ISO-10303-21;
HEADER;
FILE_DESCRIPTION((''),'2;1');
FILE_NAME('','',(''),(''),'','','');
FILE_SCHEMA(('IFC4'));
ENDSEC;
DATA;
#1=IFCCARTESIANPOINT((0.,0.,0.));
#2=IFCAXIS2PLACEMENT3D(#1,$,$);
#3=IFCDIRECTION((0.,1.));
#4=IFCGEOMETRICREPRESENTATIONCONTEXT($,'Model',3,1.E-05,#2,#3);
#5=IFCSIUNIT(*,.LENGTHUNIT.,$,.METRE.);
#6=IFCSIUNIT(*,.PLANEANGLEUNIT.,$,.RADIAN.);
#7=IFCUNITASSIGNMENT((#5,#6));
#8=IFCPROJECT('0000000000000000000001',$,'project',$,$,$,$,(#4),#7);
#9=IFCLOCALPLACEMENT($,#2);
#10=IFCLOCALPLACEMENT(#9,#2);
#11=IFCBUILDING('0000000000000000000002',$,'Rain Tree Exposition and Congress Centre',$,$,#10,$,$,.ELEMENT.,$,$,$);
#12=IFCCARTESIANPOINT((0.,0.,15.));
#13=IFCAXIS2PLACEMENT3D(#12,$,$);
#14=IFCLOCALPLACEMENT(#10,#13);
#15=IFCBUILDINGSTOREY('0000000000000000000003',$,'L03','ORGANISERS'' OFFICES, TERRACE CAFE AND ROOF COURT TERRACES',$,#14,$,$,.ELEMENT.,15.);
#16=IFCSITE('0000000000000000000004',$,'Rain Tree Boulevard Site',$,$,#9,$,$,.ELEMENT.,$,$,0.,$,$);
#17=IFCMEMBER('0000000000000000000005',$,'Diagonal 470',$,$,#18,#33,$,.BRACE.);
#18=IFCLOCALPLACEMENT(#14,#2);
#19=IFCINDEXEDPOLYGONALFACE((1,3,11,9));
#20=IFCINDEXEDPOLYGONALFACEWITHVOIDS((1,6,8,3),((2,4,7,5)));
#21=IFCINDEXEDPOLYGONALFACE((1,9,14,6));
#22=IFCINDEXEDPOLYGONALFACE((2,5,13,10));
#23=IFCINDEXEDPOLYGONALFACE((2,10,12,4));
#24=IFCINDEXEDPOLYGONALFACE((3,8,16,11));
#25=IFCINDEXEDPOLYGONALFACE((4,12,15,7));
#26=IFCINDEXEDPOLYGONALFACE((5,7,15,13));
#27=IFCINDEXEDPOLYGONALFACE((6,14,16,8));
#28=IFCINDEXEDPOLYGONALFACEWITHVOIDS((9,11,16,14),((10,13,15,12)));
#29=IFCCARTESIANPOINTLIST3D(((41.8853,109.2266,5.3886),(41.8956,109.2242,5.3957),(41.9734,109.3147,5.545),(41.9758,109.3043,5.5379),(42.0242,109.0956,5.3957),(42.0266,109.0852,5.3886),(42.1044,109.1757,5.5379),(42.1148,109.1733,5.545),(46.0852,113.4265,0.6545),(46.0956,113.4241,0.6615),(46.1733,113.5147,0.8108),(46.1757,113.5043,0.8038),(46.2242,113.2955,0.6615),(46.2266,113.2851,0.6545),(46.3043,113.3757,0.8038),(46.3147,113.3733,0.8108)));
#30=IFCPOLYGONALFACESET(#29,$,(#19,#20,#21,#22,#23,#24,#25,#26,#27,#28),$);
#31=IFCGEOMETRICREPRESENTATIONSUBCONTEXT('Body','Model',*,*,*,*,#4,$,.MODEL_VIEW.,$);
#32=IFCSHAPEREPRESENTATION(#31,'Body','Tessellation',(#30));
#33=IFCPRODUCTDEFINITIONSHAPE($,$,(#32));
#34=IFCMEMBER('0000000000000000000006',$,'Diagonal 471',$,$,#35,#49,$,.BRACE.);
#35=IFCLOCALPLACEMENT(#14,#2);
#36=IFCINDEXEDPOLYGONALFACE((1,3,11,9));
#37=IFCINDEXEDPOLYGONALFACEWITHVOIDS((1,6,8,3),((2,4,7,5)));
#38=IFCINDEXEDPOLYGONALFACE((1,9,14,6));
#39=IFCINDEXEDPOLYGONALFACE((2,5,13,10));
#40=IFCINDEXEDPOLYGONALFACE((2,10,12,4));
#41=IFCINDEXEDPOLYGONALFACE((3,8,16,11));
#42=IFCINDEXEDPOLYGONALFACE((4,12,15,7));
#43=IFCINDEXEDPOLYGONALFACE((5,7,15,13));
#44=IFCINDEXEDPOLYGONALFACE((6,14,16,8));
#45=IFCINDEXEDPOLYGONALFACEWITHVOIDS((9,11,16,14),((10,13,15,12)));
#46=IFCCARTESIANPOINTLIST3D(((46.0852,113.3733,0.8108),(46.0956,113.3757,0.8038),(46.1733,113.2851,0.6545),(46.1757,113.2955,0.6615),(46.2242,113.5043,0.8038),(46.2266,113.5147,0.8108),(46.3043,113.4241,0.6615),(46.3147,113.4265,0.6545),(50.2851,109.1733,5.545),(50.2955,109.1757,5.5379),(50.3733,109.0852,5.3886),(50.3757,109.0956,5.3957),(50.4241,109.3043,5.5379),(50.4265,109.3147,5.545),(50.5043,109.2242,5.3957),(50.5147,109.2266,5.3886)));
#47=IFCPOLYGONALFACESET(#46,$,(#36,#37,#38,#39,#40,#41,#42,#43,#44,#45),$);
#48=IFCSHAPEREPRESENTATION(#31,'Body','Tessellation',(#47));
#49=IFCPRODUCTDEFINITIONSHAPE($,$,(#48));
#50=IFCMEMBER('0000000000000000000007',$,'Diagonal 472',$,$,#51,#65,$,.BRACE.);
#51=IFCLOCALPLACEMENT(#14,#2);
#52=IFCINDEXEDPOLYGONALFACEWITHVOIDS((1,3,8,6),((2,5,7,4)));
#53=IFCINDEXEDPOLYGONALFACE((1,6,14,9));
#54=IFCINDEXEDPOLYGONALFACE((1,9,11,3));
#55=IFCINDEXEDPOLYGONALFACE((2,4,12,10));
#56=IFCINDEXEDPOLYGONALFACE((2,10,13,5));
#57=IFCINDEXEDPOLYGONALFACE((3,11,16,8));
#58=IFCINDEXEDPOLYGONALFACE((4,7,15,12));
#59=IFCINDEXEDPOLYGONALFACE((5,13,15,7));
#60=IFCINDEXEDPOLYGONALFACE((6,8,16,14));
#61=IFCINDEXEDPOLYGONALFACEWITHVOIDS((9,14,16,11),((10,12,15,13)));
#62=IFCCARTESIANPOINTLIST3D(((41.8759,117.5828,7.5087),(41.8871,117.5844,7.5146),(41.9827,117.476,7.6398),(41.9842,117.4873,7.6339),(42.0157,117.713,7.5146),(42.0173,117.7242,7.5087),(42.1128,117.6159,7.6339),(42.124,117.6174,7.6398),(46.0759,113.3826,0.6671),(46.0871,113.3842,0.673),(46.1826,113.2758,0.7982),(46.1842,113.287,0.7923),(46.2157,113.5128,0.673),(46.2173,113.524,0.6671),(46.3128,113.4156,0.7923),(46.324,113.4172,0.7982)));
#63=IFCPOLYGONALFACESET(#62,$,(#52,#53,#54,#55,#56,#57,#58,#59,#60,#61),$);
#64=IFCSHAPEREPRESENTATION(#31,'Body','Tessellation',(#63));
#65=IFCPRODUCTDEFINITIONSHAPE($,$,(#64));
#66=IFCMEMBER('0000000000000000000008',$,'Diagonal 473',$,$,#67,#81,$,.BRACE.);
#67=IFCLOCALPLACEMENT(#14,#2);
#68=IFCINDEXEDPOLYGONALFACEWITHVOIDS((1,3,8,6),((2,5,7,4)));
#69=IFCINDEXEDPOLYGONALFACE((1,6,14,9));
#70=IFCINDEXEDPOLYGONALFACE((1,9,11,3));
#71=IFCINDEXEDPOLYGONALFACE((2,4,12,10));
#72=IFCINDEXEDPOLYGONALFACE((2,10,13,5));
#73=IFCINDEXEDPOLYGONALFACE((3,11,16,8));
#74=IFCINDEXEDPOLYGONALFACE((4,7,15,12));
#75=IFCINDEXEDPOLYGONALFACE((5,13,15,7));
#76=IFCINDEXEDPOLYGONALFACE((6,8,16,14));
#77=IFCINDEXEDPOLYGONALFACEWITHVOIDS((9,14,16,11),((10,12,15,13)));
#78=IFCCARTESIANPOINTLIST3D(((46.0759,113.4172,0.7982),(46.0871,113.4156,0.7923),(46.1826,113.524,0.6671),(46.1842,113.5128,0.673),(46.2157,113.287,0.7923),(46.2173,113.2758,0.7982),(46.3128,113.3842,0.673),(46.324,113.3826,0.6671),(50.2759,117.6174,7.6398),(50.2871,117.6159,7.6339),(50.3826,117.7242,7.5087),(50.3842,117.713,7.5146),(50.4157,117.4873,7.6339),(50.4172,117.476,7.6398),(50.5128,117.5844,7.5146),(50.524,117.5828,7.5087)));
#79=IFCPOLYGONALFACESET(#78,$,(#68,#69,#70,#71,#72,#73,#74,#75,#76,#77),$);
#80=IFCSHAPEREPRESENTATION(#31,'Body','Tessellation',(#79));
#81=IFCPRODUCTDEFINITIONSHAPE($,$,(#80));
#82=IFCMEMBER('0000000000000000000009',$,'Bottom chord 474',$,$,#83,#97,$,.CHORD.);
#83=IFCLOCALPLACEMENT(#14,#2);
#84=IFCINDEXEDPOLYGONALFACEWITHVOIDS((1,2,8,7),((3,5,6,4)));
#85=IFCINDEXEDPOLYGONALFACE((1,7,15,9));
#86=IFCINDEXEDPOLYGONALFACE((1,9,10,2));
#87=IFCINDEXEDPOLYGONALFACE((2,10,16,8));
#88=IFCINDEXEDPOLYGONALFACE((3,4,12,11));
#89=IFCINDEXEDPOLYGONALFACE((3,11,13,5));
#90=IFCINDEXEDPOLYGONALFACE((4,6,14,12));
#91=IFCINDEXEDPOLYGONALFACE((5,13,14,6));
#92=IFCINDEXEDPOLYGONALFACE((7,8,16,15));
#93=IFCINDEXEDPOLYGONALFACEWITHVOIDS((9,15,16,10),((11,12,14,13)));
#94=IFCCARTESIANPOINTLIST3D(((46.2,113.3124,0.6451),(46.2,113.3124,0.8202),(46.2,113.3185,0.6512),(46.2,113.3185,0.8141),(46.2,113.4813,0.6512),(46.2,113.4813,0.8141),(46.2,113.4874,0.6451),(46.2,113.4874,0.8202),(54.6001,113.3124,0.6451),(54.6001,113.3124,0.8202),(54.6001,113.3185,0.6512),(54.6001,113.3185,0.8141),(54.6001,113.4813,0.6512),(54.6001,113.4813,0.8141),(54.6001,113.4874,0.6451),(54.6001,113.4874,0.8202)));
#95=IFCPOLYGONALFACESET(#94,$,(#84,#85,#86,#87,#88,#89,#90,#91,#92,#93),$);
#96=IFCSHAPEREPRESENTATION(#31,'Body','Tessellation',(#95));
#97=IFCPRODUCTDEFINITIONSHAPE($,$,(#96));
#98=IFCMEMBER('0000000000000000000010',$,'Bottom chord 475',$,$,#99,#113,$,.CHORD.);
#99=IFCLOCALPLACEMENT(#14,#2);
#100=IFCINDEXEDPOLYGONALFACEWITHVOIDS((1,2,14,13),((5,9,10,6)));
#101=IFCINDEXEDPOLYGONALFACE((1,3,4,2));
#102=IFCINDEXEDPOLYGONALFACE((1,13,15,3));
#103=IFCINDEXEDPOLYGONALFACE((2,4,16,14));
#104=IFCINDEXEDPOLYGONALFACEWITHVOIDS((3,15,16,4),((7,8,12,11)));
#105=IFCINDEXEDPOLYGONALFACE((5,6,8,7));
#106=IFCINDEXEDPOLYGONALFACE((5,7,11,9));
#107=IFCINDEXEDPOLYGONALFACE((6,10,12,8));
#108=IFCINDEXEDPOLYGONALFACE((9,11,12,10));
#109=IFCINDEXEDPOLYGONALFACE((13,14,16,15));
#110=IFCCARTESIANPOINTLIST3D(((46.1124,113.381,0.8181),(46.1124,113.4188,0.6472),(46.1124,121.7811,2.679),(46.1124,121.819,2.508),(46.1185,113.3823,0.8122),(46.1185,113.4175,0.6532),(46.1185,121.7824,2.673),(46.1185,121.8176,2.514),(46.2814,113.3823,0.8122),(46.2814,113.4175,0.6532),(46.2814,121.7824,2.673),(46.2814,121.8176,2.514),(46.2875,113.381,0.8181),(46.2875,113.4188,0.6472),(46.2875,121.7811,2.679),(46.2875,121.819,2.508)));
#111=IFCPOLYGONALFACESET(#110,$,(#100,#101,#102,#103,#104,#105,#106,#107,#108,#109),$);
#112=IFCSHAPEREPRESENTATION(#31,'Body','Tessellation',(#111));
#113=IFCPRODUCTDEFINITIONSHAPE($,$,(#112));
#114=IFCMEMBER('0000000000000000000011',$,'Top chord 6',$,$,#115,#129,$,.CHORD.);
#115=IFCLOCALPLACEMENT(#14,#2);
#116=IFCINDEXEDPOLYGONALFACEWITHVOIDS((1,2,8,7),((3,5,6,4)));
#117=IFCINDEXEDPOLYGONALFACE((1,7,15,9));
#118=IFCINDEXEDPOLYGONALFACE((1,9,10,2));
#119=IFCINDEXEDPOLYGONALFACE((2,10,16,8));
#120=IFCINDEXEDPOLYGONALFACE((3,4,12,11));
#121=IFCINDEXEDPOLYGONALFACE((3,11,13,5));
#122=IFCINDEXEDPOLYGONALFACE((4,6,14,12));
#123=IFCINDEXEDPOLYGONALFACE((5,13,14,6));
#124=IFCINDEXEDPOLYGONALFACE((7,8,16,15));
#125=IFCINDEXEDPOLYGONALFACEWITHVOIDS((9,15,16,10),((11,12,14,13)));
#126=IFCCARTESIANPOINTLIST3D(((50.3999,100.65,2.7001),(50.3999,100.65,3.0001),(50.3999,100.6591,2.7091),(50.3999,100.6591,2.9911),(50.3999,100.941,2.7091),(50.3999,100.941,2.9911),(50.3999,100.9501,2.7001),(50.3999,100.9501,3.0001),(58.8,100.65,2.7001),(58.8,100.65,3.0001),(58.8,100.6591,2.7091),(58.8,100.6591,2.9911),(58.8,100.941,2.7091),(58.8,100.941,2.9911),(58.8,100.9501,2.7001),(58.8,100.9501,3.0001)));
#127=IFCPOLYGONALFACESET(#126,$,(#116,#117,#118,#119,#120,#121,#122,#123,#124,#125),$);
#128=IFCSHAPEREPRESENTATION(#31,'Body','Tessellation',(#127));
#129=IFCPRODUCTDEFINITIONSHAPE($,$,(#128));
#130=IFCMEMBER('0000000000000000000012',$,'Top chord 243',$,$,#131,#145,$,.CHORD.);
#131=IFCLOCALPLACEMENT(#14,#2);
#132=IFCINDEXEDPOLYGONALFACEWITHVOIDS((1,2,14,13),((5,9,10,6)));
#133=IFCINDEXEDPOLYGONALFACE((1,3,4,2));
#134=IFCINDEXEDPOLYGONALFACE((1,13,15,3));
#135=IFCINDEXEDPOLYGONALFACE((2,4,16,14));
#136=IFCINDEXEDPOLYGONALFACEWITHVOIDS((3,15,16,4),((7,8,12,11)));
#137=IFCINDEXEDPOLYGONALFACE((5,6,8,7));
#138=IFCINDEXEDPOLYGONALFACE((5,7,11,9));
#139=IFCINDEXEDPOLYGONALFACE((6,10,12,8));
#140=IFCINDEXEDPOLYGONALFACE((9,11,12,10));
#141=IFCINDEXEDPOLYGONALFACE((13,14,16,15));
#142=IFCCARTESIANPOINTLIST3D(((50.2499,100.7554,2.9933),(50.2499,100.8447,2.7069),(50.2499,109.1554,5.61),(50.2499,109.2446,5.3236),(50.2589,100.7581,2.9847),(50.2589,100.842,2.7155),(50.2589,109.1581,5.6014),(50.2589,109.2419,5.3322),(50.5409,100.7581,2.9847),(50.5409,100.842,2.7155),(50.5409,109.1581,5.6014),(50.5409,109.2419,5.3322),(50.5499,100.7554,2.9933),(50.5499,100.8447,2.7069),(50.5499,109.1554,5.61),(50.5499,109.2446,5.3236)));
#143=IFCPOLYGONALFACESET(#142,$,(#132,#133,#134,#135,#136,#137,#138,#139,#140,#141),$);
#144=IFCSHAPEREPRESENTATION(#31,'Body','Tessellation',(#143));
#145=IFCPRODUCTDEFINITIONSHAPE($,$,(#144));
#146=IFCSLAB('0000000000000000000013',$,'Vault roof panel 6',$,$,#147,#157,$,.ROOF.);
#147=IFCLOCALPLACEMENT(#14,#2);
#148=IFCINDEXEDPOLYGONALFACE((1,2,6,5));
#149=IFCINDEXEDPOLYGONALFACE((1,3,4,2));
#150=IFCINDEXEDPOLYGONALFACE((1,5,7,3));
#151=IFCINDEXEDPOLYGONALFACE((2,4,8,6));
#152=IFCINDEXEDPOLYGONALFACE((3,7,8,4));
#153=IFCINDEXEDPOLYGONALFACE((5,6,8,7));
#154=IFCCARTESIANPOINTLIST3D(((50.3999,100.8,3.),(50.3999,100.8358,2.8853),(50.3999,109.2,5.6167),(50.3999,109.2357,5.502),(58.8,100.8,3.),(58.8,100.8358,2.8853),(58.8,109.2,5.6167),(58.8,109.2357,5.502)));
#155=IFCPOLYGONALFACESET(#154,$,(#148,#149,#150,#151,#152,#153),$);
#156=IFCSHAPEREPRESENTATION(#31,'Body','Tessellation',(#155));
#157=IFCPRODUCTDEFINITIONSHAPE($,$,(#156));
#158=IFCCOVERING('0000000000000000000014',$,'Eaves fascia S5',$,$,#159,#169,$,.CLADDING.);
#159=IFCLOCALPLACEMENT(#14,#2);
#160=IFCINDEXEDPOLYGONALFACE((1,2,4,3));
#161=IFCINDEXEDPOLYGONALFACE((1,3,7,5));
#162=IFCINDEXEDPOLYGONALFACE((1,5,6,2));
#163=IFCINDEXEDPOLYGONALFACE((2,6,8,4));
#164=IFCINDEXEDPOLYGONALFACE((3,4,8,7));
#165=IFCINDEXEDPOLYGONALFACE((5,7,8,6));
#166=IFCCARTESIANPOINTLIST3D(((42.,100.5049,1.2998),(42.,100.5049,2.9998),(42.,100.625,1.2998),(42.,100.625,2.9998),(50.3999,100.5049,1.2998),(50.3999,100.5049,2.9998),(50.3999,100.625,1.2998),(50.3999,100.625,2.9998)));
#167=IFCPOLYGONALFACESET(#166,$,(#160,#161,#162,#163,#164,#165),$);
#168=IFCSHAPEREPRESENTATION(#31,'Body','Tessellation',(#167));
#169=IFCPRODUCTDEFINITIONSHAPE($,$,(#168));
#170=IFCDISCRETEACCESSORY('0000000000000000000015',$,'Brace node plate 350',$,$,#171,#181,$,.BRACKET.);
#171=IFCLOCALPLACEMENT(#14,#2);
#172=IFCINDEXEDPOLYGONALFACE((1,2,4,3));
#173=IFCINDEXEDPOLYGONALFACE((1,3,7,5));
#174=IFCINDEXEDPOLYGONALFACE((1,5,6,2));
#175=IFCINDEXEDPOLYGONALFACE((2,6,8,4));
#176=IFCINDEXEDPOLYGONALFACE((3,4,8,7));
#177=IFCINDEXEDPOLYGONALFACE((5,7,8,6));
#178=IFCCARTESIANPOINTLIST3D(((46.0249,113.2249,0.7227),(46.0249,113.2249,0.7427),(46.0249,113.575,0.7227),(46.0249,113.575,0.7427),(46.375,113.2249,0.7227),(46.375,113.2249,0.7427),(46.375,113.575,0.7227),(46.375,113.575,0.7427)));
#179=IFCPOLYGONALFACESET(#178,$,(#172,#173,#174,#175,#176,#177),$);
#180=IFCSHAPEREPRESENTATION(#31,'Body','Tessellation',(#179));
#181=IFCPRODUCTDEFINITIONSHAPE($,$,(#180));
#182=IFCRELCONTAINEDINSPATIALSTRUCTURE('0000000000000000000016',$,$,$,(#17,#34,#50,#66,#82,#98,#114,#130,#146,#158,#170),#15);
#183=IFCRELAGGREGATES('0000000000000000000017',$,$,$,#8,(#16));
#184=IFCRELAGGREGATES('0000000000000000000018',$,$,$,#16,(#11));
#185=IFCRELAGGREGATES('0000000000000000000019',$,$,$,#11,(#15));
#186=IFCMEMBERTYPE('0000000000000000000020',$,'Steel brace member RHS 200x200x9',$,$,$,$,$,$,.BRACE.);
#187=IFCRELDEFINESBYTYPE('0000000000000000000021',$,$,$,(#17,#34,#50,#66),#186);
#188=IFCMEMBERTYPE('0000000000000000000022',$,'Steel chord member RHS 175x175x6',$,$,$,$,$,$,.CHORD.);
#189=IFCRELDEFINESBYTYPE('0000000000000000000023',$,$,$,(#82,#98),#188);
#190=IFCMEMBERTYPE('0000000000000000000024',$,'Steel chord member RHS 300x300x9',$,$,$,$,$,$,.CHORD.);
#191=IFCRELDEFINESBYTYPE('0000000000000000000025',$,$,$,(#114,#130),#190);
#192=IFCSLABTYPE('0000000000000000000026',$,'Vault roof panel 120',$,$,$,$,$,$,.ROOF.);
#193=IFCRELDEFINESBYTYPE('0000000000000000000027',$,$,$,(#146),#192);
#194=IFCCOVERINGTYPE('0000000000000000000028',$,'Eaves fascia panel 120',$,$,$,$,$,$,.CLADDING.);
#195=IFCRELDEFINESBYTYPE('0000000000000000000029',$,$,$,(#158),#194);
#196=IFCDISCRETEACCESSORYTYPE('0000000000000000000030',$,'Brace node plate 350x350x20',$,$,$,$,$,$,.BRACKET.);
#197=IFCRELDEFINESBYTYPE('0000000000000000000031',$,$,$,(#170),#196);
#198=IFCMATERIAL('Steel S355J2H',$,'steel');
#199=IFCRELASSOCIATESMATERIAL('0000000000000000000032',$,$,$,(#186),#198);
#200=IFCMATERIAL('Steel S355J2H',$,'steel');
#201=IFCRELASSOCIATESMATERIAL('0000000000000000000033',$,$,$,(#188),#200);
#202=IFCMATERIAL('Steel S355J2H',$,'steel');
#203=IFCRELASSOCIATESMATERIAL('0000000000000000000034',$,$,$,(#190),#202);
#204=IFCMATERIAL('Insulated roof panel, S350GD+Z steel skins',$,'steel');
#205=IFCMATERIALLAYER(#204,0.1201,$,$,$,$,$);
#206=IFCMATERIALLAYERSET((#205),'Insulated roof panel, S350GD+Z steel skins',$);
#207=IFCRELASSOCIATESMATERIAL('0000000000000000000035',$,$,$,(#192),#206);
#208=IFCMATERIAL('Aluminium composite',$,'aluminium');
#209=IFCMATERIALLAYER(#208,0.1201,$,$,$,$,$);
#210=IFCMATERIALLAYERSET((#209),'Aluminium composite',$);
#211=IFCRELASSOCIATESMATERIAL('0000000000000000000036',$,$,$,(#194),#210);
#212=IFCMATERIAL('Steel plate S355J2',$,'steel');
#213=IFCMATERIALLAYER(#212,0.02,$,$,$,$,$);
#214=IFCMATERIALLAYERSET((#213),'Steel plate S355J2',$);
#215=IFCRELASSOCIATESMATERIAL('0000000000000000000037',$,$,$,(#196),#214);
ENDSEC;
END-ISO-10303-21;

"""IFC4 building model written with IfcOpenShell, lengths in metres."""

from ifc_helpers import new_model, si_unit, direction, frame, origin, origin_2d, place, context, subcontext, project, spatial, polyline, rectangle, hollow_rectangle, outline, extrude, material, layer, layer_set, material_profile, profile_set, type_object, element, save


model = new_model("IFC4")

# Units and contexts
model_context = context("Model", 3, precision=1e-05, world=origin(), true_north=direction((0.0, 1.0)))
body_context = subcontext(model_context, "Body", "Model", "MODEL_VIEW")
ifc_project = project(units=[si_unit("LENGTHUNIT", "METRE"), si_unit("PLANEANGLEUNIT", "RADIAN")], contexts=[model_context])

# Site, building, storey
site_placement = place(None, origin())
site = spatial("IfcSite", under=ifc_project, at=site_placement, Name="Rain Tree Boulevard Site", CompositionType="ELEMENT", RefElevation=0.0)
building_placement = place(site_placement, origin())
building = spatial("IfcBuilding", under=site, at=building_placement, Name="Rain Tree Exposition and Congress Centre", CompositionType="ELEMENT")
storey_placement = place(building_placement, frame((0.0, 0.0, 15.0)))
storey = spatial("IfcBuildingStorey", under=building, at=storey_placement, Name="L03", Description="ORGANISERS' OFFICES, TERRACE CAFE AND ROOF COURT TERRACES", CompositionType="ELEMENT", Elevation=15.0)

# Members
ifc_material_1 = material(Name="Steel S355J2H", Category="steel")
ifc_material_profile_1 = material_profile(ifc_material_1, hollow_rectangle(XDim=0.2, YDim=0.2, WallThickness=0.009, at=origin_2d()), Name="RHS 200x200x9")
ifc_profile_set_1 = profile_set([ifc_material_profile_1], Name="Steel S355J2H")
member_type_1 = type_object("IfcMemberType", Name="Steel brace member RHS 200x200x9", PredefinedType="BRACE", material=ifc_profile_set_1)
for number, where, z_axis, x_axis, name in (
    (1, (46.2, 113.3999, 0.7327), (-0.552955, -0.552955, 0.623283), (0.707107, -0.707107, 0.0), "Diagonal 470"),
    (2, (46.2, 113.3999, 0.7327), (0.552955, -0.552955, 0.623283), (0.707107, 0.707107, 0.0), "Diagonal 471"),
):
    element("IfcMember", number, at=place(storey_placement, frame(where, z_axis=z_axis, x_axis=x_axis)), inside=storey, type_object=member_type_1, Name=name, PredefinedType="BRACE", context=body_context, shape_type="SweptSolid", body=[
        extrude(hollow_rectangle(XDim=0.2, YDim=0.2, WallThickness=0.009, at=origin_2d()), origin(), (0.0, 0.0, 1.0), 7.5955),
    ])
for number, where, z_axis, x_axis, name in (
    (3, (46.2, 113.3999, 0.7327), (-0.463558, 0.463585, 0.755118), (-0.707127, -0.707086, 0.0), "Diagonal 472"),
    (4, (46.2, 113.3999, 0.7327), (0.463558, 0.463585, 0.755118), (-0.707127, 0.707086, 0.0), "Diagonal 473"),
):
    element("IfcMember", number, at=place(storey_placement, frame(where, z_axis=z_axis, x_axis=x_axis)), inside=storey, type_object=member_type_1, Name=name, PredefinedType="BRACE", context=body_context, shape_type="SweptSolid", body=[
        extrude(hollow_rectangle(XDim=0.2, YDim=0.2, WallThickness=0.009, at=origin_2d()), origin(), (0.0, 0.0, 1.0), 9.0603),
    ])
ifc_material_2 = material(Name="Steel S355J2H", Category="steel")
ifc_material_profile_2 = material_profile(ifc_material_2, hollow_rectangle(XDim=0.175, YDim=0.175, WallThickness=0.0061, at=origin_2d()), Name="RHS 175x175x6")
ifc_profile_set_2 = profile_set([ifc_material_profile_2], Name="Steel S355J2H")
member_type_2 = type_object("IfcMemberType", Name="Steel chord member RHS 175x175x6", PredefinedType="CHORD", material=ifc_profile_set_2)
member_1_placement = place(storey_placement, frame((46.2, 113.3999, 0.7327), z_axis=(1.0, 0.0, 0.0), x_axis=(0.0, 1.0, 0.0)))
element("IfcMember", 5, at=member_1_placement, inside=storey, type_object=member_type_2, Name="Bottom chord 474", PredefinedType="CHORD", context=body_context, shape_type="SweptSolid", body=[
    extrude(hollow_rectangle(XDim=0.175, YDim=0.175, WallThickness=0.0061, at=origin_2d()), origin(), (0.0, 0.0, 1.0), 8.4001),
])
member_2_placement = place(storey_placement, frame((46.2, 113.3999, 0.7327), z_axis=(0.0, 0.976331, 0.216281), x_axis=(-1.0, 0.0, 0.0)))
element("IfcMember", 6, at=member_2_placement, inside=storey, type_object=member_type_2, Name="Bottom chord 475", PredefinedType="CHORD", context=body_context, shape_type="SweptSolid", body=[
    extrude(hollow_rectangle(XDim=0.175, YDim=0.175, WallThickness=0.0061, at=origin_2d()), origin(), (0.0, 0.0, 1.0), 8.6038),
])
ifc_material_3 = material(Name="Steel S355J2H", Category="steel")
ifc_material_profile_3 = material_profile(ifc_material_3, hollow_rectangle(XDim=0.3, YDim=0.3, WallThickness=0.009, at=origin_2d()), Name="RHS 300x300x9")
ifc_profile_set_3 = profile_set([ifc_material_profile_3], Name="Steel S355J2H")
member_type_3 = type_object("IfcMemberType", Name="Steel chord member RHS 300x300x9", PredefinedType="CHORD", material=ifc_profile_set_3)
member_3_placement = place(storey_placement, frame((50.3999, 100.8, 2.8501), z_axis=(1.0, 0.0, 0.0), x_axis=(0.0, 1.0, 0.0)))
element("IfcMember", 7, at=member_3_placement, inside=storey, type_object=member_type_3, Name="Top chord 6", PredefinedType="CHORD", context=body_context, shape_type="SweptSolid", body=[
    extrude(hollow_rectangle(XDim=0.3, YDim=0.3, WallThickness=0.009, at=origin_2d()), origin(), (0.0, 0.0, 1.0), 8.4001),
])
member_4_placement = place(storey_placement, frame((50.3999, 100.8, 2.8501), z_axis=(0.0, 0.954747, 0.297418), x_axis=(-1.0, 0.0, 0.0)))
element("IfcMember", 8, at=member_4_placement, inside=storey, type_object=member_type_3, Name="Top chord 243", PredefinedType="CHORD", context=body_context, shape_type="SweptSolid", body=[
    extrude(hollow_rectangle(XDim=0.3, YDim=0.3, WallThickness=0.009, at=origin_2d()), origin(), (0.0, 0.0, 1.0), 8.7981),
])

# Slab
ifc_material_4 = material(Name="Insulated roof panel, S350GD+Z steel skins", Category="steel")
ifc_layer_1 = layer(ifc_material_4, 0.1201)
ifc_layer_set_1 = layer_set([ifc_layer_1], Name="Insulated roof panel, S350GD+Z steel skins")
slab_type = type_object("IfcSlabType", Name="Vault roof panel 120", PredefinedType="ROOF", material=ifc_layer_set_1)
slab_placement = place(storey_placement, frame((50.3999, 100.8, 3.0), z_axis=(0.0, -0.297418, 0.954747), x_axis=(1.0, 0.0, 0.0)))
element("IfcSlab", 9, at=slab_placement, inside=storey, type_object=slab_type, Name="Vault roof panel 6", PredefinedType="ROOF", context=body_context, shape_type="SweptSolid", body=[
    extrude(outline(polyline([(0.0, 0.0), (8.4001, 0.0), (8.4001, 8.798), (0.0, 8.798), (0.0, 0.0)])), origin(), (0.0, 0.0, -1.0), 0.1201),
])

# Covering
ifc_material_5 = material(Name="Aluminium composite", Category="aluminium")
ifc_layer_2 = layer(ifc_material_5, 0.1201)
ifc_layer_set_2 = layer_set([ifc_layer_2], Name="Aluminium composite")
covering_type_1 = type_object("IfcCoveringType", Name="Eaves fascia panel 120", PredefinedType="CLADDING", material=ifc_layer_set_2)
covering_1_placement = place(storey_placement, frame((46.2, 100.5649, 1.2998), z_axis=(0.0, 0.0, 1.0), x_axis=(1.0, 0.0, 0.0)))
element("IfcCovering", 10, at=covering_1_placement, inside=storey, type_object=covering_type_1, Name="Eaves fascia S5", PredefinedType="CLADDING", context=body_context, shape_type="SweptSolid", body=[
    extrude(rectangle(XDim=8.3999, YDim=0.1201, at=origin_2d()), origin(), (0.0, 0.0, 1.0), 1.7),
])

# Discrete accessory
ifc_material_6 = material(Name="Steel plate S355J2", Category="steel")
ifc_layer_3 = layer(ifc_material_6, 0.02)
ifc_layer_set_3 = layer_set([ifc_layer_3], Name="Steel plate S355J2")
discrete_accessory_type_1 = type_object("IfcDiscreteAccessoryType", Name="Brace node plate 350x350x20", PredefinedType="BRACKET", material=ifc_layer_set_3)
discrete_accessory_1_placement = place(storey_placement, frame((46.2, 113.3999, 0.7227), z_axis=(0.0, 0.0, 1.0), x_axis=(1.0, 0.0, 0.0)))
element("IfcDiscreteAccessory", 11, at=discrete_accessory_1_placement, inside=storey, type_object=discrete_accessory_type_1, Name="Brace node plate 350", PredefinedType="BRACKET", context=body_context, shape_type="SweptSolid", body=[
    extrude(rectangle(XDim=0.3501, YDim=0.3501, at=origin_2d()), origin(), (0.0, 0.0, 1.0), 0.02),
])

save(model, "model.ifc")
